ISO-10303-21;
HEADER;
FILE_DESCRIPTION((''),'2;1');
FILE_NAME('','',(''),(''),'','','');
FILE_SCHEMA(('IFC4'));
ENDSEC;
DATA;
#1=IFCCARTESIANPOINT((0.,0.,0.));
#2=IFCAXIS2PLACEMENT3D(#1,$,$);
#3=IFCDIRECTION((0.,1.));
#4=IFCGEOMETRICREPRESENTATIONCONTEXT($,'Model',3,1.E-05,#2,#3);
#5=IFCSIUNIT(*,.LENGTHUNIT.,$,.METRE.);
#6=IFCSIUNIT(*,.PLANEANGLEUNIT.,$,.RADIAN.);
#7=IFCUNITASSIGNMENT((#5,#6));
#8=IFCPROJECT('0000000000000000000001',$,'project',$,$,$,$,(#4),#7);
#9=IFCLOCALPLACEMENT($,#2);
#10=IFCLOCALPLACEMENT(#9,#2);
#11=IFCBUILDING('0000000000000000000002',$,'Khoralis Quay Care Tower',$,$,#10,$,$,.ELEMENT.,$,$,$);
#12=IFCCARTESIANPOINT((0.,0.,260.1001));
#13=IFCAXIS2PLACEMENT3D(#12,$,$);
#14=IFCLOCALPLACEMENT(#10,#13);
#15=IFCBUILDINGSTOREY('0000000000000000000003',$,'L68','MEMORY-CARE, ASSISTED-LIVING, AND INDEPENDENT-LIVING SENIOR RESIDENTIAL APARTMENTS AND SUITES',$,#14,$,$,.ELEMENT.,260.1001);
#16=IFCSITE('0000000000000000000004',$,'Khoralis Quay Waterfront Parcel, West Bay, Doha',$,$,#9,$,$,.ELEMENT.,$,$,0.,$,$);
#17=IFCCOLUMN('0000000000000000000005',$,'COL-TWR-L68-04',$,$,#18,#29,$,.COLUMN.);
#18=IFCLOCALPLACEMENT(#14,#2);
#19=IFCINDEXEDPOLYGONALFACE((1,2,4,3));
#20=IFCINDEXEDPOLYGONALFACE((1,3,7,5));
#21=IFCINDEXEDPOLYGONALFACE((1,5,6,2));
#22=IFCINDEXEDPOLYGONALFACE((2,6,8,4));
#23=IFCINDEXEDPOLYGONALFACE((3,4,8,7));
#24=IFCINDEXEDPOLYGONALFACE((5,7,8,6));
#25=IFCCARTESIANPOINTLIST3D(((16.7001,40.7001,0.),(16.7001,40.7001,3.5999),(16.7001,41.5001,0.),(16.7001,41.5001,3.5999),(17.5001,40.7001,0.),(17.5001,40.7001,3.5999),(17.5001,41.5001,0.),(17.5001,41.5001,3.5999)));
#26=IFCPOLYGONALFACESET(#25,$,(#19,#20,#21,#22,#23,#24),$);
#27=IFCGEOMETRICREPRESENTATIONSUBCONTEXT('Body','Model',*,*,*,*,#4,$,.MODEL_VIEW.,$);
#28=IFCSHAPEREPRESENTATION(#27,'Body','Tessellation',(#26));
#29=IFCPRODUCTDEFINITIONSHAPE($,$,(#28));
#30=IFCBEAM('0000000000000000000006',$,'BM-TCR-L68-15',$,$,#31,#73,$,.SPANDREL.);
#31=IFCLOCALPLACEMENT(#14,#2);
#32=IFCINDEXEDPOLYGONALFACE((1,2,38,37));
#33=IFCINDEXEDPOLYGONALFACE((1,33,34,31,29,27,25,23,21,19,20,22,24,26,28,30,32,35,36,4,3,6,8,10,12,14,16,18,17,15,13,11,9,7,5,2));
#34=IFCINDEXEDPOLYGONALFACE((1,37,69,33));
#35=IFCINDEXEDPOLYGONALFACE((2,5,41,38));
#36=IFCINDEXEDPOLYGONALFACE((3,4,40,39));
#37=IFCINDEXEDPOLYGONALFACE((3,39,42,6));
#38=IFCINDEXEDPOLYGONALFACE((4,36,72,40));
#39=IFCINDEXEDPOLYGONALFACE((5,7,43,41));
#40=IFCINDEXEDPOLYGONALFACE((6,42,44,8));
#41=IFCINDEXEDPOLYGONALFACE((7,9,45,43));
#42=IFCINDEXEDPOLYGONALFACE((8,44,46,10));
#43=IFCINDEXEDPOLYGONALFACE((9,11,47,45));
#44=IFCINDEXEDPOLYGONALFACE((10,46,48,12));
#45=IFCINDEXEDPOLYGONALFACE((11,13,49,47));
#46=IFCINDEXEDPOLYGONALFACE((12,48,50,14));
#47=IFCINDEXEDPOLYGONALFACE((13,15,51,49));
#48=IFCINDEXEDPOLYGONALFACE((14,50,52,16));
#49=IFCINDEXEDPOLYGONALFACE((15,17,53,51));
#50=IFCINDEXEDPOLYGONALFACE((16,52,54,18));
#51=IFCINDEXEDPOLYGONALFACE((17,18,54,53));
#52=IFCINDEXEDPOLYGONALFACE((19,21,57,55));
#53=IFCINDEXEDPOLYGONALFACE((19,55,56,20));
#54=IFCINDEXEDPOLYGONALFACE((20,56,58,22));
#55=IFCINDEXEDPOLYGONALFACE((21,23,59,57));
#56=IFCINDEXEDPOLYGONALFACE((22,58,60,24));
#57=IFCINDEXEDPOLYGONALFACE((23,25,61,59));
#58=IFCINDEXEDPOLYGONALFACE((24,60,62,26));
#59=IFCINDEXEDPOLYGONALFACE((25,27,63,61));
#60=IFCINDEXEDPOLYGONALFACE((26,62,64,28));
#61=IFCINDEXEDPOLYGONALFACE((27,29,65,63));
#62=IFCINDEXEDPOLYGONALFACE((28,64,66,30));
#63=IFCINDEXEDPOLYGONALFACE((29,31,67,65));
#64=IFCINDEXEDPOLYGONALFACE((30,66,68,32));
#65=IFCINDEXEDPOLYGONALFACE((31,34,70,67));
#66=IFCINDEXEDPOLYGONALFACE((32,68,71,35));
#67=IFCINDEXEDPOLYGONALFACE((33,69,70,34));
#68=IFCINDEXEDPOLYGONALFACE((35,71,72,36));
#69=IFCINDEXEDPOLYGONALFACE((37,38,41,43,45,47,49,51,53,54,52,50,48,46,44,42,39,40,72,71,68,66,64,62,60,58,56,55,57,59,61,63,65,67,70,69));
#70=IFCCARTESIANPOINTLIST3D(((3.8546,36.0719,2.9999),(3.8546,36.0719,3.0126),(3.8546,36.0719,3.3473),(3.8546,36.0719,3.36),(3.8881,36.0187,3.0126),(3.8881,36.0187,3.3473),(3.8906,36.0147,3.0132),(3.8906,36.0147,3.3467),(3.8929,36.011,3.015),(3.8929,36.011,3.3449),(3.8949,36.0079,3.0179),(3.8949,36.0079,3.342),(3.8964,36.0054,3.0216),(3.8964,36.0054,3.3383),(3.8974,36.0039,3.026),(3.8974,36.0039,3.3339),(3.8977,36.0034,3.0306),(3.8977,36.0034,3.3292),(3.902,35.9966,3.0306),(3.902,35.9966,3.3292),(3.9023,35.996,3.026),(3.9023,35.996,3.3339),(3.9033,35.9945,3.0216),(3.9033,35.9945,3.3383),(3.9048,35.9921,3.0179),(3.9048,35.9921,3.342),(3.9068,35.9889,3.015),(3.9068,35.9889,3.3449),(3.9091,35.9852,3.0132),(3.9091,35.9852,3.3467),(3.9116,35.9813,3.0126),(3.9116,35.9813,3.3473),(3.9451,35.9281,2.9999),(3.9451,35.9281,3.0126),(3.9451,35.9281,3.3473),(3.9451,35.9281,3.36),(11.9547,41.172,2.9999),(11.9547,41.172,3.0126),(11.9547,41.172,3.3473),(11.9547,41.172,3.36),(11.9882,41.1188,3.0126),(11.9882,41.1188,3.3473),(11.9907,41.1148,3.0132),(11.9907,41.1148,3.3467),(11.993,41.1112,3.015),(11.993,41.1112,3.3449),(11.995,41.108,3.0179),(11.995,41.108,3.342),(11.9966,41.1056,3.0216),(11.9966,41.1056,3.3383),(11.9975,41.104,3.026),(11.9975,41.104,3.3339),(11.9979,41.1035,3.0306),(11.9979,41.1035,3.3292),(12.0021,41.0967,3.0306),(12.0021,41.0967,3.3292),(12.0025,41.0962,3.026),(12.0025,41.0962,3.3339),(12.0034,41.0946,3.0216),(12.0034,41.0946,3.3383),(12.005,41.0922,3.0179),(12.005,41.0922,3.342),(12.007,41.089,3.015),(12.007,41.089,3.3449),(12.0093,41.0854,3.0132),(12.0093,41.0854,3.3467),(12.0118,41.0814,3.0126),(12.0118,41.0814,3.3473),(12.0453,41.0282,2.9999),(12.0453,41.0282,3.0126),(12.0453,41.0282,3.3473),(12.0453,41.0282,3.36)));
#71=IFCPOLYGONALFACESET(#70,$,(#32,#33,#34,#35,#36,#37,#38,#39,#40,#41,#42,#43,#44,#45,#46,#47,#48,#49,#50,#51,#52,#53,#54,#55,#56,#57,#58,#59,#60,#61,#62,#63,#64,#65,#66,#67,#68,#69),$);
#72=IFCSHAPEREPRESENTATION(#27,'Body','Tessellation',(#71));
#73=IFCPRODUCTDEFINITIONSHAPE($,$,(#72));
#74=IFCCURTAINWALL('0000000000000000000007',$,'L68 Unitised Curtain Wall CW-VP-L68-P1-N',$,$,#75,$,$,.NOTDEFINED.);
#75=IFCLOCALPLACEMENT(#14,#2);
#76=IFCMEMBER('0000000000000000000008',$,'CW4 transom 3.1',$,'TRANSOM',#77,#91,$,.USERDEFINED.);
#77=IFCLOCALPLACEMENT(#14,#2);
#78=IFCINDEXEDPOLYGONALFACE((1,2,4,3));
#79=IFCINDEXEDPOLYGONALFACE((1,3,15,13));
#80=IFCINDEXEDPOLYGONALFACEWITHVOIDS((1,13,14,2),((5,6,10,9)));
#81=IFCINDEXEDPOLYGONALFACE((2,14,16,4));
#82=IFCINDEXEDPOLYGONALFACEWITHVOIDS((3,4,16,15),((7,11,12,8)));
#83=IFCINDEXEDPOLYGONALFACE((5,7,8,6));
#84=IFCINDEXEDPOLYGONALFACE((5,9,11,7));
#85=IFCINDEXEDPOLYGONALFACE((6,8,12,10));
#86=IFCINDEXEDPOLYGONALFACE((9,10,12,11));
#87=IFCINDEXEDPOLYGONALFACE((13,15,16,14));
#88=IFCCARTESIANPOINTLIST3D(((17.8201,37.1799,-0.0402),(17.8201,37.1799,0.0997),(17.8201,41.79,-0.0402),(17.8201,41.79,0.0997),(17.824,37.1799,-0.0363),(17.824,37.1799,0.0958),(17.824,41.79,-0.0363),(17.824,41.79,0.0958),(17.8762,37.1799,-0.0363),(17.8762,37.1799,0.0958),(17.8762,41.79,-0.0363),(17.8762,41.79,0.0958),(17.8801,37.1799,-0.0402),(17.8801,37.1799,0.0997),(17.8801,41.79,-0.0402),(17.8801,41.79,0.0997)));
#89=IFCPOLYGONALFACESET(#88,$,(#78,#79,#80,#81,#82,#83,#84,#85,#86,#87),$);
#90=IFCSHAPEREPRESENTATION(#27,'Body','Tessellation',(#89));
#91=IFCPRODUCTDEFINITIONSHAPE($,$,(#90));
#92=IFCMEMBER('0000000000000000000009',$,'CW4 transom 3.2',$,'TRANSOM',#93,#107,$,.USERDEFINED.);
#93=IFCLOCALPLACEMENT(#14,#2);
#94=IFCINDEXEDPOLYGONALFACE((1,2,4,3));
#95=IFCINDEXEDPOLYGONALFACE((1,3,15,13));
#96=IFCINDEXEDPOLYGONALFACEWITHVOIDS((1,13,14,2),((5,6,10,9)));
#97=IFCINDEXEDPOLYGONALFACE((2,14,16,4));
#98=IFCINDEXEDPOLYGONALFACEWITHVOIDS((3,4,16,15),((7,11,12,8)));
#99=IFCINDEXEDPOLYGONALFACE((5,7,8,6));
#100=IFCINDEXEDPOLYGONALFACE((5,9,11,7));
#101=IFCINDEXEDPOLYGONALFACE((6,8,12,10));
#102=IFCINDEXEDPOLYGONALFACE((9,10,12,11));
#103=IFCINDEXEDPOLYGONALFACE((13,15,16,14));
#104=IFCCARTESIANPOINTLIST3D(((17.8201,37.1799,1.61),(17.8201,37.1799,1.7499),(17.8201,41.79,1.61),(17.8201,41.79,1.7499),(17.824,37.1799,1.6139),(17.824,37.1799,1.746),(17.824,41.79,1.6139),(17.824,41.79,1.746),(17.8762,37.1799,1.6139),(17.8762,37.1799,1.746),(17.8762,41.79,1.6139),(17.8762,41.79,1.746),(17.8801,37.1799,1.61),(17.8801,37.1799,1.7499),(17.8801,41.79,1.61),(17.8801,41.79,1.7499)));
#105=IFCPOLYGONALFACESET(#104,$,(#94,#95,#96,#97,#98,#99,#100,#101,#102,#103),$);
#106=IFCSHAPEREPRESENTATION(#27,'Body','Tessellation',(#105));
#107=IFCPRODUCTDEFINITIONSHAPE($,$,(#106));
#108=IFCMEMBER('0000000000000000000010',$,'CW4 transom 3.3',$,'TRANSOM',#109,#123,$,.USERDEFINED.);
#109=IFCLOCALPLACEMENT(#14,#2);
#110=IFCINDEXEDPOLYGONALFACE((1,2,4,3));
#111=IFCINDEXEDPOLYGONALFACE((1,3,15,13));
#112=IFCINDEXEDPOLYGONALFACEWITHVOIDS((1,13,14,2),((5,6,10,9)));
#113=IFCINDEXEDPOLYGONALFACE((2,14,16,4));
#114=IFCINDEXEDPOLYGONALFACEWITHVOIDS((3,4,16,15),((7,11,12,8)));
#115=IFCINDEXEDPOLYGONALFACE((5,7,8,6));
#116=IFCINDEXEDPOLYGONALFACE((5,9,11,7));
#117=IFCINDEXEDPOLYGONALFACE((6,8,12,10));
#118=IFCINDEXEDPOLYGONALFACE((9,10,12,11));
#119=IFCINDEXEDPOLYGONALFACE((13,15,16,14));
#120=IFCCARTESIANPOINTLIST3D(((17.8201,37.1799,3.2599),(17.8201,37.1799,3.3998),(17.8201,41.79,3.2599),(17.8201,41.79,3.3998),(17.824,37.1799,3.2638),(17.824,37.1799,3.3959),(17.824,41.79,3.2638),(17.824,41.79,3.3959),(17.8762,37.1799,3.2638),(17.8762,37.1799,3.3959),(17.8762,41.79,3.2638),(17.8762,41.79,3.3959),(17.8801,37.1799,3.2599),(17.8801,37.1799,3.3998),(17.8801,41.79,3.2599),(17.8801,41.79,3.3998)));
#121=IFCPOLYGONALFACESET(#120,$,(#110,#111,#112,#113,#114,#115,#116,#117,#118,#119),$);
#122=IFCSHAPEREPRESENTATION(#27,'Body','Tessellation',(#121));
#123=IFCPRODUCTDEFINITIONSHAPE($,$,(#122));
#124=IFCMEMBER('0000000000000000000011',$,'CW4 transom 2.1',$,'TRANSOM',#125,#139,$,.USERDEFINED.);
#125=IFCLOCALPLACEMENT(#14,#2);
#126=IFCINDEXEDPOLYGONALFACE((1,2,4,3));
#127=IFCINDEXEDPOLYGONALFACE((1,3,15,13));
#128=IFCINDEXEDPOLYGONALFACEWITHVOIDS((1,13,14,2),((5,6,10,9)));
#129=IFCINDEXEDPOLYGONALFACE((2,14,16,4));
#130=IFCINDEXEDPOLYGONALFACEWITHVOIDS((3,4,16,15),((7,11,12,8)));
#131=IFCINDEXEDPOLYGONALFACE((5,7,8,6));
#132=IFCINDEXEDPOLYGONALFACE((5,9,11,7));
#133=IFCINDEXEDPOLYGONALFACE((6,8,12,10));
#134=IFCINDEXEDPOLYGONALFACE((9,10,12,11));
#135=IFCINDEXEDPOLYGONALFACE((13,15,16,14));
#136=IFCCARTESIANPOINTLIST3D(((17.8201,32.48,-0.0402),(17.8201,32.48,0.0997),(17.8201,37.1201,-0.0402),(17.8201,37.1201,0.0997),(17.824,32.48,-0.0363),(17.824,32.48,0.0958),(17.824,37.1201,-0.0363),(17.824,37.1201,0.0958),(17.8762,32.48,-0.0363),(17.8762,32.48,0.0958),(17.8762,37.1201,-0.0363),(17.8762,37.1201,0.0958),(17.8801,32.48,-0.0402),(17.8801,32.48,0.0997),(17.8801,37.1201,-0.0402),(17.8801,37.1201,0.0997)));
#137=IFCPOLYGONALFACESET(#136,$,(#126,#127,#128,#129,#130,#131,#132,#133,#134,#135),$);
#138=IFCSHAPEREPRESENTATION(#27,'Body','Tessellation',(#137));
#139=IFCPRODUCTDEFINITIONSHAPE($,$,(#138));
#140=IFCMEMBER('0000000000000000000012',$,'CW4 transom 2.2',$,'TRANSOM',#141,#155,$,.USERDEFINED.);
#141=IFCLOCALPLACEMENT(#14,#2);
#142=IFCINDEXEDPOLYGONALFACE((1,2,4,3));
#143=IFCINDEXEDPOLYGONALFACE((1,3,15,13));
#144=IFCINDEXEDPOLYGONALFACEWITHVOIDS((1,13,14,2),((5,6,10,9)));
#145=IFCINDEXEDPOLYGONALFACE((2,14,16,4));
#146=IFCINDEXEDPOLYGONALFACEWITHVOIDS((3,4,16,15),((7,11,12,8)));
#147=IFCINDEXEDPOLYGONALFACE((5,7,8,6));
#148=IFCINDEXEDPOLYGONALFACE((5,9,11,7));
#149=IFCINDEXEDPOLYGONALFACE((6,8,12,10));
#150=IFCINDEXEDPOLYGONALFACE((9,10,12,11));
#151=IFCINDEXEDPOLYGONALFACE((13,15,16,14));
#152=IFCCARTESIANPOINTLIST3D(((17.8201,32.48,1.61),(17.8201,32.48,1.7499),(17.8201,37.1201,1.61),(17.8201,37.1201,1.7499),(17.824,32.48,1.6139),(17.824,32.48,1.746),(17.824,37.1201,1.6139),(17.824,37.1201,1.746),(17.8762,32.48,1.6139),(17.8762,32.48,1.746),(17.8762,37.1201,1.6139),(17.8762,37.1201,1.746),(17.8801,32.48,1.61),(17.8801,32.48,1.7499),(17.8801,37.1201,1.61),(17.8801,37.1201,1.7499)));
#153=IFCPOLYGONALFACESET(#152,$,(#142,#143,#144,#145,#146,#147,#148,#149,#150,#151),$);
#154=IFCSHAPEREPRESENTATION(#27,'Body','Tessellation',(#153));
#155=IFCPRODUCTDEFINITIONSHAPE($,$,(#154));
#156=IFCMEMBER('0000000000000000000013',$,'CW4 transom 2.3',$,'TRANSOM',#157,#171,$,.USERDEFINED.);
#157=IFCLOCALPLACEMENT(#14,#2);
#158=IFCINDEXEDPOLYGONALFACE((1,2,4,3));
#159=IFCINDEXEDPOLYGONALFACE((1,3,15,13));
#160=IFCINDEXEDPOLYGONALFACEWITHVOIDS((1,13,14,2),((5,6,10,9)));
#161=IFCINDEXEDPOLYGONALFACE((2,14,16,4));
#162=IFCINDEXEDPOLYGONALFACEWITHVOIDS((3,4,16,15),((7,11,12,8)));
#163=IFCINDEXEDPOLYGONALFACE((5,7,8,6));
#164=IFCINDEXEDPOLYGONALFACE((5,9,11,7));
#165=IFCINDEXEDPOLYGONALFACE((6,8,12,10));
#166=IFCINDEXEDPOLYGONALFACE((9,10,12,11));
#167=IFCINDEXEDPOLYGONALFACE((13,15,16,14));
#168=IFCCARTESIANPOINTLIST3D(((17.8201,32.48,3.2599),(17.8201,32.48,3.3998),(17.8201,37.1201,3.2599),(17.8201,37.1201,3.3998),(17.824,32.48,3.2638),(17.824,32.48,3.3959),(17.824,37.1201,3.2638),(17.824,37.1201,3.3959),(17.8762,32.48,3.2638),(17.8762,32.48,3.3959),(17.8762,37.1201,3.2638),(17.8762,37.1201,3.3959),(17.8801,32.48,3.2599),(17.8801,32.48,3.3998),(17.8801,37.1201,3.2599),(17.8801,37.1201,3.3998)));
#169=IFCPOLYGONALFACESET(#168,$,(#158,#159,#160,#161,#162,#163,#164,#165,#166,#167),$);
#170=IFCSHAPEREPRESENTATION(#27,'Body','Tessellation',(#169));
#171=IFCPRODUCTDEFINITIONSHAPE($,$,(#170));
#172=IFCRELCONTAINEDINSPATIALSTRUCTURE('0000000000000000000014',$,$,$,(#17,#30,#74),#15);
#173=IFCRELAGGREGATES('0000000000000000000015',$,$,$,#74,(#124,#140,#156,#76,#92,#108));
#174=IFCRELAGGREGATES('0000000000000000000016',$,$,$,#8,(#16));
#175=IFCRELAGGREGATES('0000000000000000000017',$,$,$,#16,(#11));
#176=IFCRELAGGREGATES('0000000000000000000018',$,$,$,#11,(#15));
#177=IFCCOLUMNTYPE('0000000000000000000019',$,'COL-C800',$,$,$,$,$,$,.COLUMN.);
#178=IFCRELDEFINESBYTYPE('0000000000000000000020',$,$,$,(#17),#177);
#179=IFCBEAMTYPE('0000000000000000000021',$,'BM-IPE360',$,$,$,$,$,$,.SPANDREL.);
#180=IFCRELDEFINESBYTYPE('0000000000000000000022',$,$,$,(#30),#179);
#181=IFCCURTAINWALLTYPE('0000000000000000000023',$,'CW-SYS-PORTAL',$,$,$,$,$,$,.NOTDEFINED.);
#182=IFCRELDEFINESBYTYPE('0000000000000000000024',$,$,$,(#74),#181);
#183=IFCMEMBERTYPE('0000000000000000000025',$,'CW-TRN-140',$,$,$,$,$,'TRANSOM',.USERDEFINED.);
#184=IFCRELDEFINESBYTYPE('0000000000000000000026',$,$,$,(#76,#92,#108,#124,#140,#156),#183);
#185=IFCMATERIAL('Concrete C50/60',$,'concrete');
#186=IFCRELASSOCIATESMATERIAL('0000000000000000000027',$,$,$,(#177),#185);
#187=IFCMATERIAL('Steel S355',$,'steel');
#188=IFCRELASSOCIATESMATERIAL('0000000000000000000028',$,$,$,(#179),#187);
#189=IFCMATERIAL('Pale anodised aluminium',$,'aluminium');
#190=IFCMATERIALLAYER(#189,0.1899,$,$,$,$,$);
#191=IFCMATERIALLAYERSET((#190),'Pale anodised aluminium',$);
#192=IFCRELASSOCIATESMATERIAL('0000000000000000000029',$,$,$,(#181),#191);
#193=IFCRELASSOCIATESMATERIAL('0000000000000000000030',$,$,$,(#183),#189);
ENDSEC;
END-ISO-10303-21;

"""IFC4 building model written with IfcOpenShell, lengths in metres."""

from ifc_helpers import new_model, si_unit, direction, frame, origin, origin_2d, place, context, subcontext, project, spatial, rectangle, hollow_rectangle, i_section, extrude, source, transform, mapped, material, layer, layer_set, material_profile, profile_set, type_object, element, aggregate, save


model = new_model("IFC4")

# Units and contexts
model_context = context("Model", 3, precision=1e-05, world=origin(), true_north=direction((0.0, 1.0)))
body_context = subcontext(model_context, "Body", "Model", "MODEL_VIEW")
ifc_project = project(units=[si_unit("LENGTHUNIT", "METRE"), si_unit("PLANEANGLEUNIT", "RADIAN")], contexts=[model_context])

# Site, building, storey
site_placement = place(None, origin())
site = spatial("IfcSite", under=ifc_project, at=site_placement, Name="Khoralis Quay Waterfront Parcel, West Bay, Doha", CompositionType="ELEMENT", RefElevation=0.0)
building_placement = place(site_placement, origin())
building = spatial("IfcBuilding", under=site, at=building_placement, Name="Khoralis Quay Care Tower", CompositionType="ELEMENT")
storey_placement = place(building_placement, frame((0.0, 0.0, 260.1001)))
storey = spatial("IfcBuildingStorey", under=building, at=storey_placement, Name="L68", Description="MEMORY-CARE, ASSISTED-LIVING, AND INDEPENDENT-LIVING SENIOR RESIDENTIAL APARTMENTS AND SUITES", CompositionType="ELEMENT", Elevation=260.1001)

# Column
ifc_material_1 = material(Name="Concrete C50/60", Category="concrete")
ifc_material_profile_1 = material_profile(ifc_material_1, rectangle(XDim=0.8, YDim=0.8, at=origin_2d()), Name="Concrete C50/60")
ifc_profile_set_1 = profile_set([ifc_material_profile_1], Name="Concrete C50/60")
column_type = type_object("IfcColumnType", Name="COL-C800", PredefinedType="COLUMN", material=ifc_profile_set_1)
shared_shape_1 = source(origin(), body_context, "Body", "SweptSolid", [
    extrude(rectangle(XDim=0.8, YDim=0.8, at=origin_2d()), origin(), (0.0, 0.0, 1.0), 3.5999),
])
column_placement = place(storey_placement, frame((17.1001, 41.1001, 0.0), z_axis=(0.0, 0.0, 1.0), x_axis=(1.0, 0.0, 0.0)))
element("IfcColumn", 1, at=column_placement, inside=storey, type_object=column_type, Name="COL-TWR-L68-04", PredefinedType="COLUMN", context=body_context, shape_type="MappedRepresentation", body=[
    mapped(shared_shape_1, transform((0.0, 0.0, 0.0), scale=1.0)),
])

# Beam
ifc_material_2 = material(Name="Steel S355", Category="steel")
ifc_material_profile_2 = material_profile(ifc_material_2, i_section(OverallWidth=0.1699, OverallDepth=0.3601, WebThickness=0.0081, FlangeThickness=0.0127, FilletRadius=0.0181, at=origin_2d()), Name="Steel S355")
ifc_profile_set_2 = profile_set([ifc_material_profile_2], Name="Steel S355")
beam_type = type_object("IfcBeamType", Name="BM-IPE360", PredefinedType="SPANDREL", material=ifc_profile_set_2)
shared_shape_2 = source(origin(), body_context, "Body", "SweptSolid", [
    extrude(i_section(OverallWidth=0.1699, OverallDepth=0.3601, WebThickness=0.0081, FlangeThickness=0.0127, FilletRadius=0.0181, at=origin_2d()), origin(), (0.0, 0.0, 1.0), 9.572),
])
beam_placement = place(storey_placement, frame((12.0, 41.1001, 3.1799), z_axis=(-0.846231, -0.532816, 0.0), x_axis=(0.532816, -0.846231, 0.0)))
element("IfcBeam", 2, at=beam_placement, inside=storey, type_object=beam_type, Name="BM-TCR-L68-15", PredefinedType="SPANDREL", context=body_context, shape_type="MappedRepresentation", body=[
    mapped(shared_shape_2, transform((0.0, 0.0, 0.0), scale=1.0)),
])

# Curtain wall, members
ifc_material_3 = material(Name="Pale anodised aluminium", Category="aluminium")
ifc_layer_1 = layer(ifc_material_3, 0.1899)
ifc_layer_set_1 = layer_set([ifc_layer_1], Name="Pale anodised aluminium")
curtain_wall_type = type_object("IfcCurtainWallType", Name="CW-SYS-PORTAL", PredefinedType="NOTDEFINED", material=ifc_layer_set_1)
curtain_wall_placement = place(storey_placement, origin())
curtain_wall = element("IfcCurtainWall", 3, at=curtain_wall_placement, inside=storey, type_object=curtain_wall_type, Name="L68 Unitised Curtain Wall CW-VP-L68-P1-N", PredefinedType="NOTDEFINED")
ifc_material_profile_3 = material_profile(ifc_material_3, hollow_rectangle(XDim=0.0601, YDim=0.1399, WallThickness=0.0039, at=origin_2d()), Name="Pale anodised aluminium")
ifc_profile_set_3 = profile_set([ifc_material_profile_3], Name="Pale anodised aluminium")
member_type_1 = type_object("IfcMemberType", Name="CW-TRN-140", ElementType="TRANSOM", PredefinedType="USERDEFINED", material=ifc_profile_set_3)
shared_shape_3 = source(origin(), body_context, "Body", "SweptSolid", [
    extrude(hollow_rectangle(XDim=0.0601, YDim=0.1399, WallThickness=0.0039, at=origin_2d()), origin(), (0.0, 0.0, 1.0), 4.6101),
])
member_1_placement = place(storey_placement, frame((17.8501, 37.1799, 0.0298), z_axis=(0.0, 1.0, 0.0), x_axis=(-1.0, 0.0, 0.0)))
member_1 = element("IfcMember", 4, at=member_1_placement, type_object=member_type_1, Name="CW4 transom 3.1", ObjectType="TRANSOM", PredefinedType="USERDEFINED", context=body_context, shape_type="MappedRepresentation", body=[
    mapped(shared_shape_3, transform((0.0, 0.0, 0.0), scale=1.0)),
])
member_2_placement = place(storey_placement, frame((17.8501, 37.1799, 1.6799), z_axis=(0.0, 1.0, 0.0), x_axis=(-1.0, 0.0, 0.0)))
member_2 = element("IfcMember", 5, at=member_2_placement, type_object=member_type_1, Name="CW4 transom 3.2", ObjectType="TRANSOM", PredefinedType="USERDEFINED", context=body_context, shape_type="MappedRepresentation", body=[
    mapped(shared_shape_3, transform((0.0, 0.0, 0.0), scale=1.0)),
])
member_3_placement = place(storey_placement, frame((17.8501, 37.1799, 3.3298), z_axis=(0.0, 1.0, 0.0), x_axis=(-1.0, 0.0, 0.0)))
member_3 = element("IfcMember", 6, at=member_3_placement, type_object=member_type_1, Name="CW4 transom 3.3", ObjectType="TRANSOM", PredefinedType="USERDEFINED", context=body_context, shape_type="MappedRepresentation", body=[
    mapped(shared_shape_3, transform((0.0, 0.0, 0.0), scale=1.0)),
])
shared_shape_4 = source(origin(), body_context, "Body", "SweptSolid", [
    extrude(hollow_rectangle(XDim=0.0601, YDim=0.1399, WallThickness=0.0039, at=origin_2d()), origin(), (0.0, 0.0, 1.0), 4.6401),
])
member_4_placement = place(storey_placement, frame((17.8501, 32.48, 0.0298), z_axis=(0.0, 1.0, 0.0), x_axis=(-1.0, 0.0, 0.0)))
member_4 = element("IfcMember", 7, at=member_4_placement, type_object=member_type_1, Name="CW4 transom 2.1", ObjectType="TRANSOM", PredefinedType="USERDEFINED", context=body_context, shape_type="MappedRepresentation", body=[
    mapped(shared_shape_4, transform((0.0, 0.0, 0.0), scale=1.0)),
])
member_5_placement = place(storey_placement, frame((17.8501, 32.48, 1.6799), z_axis=(0.0, 1.0, 0.0), x_axis=(-1.0, 0.0, 0.0)))
member_5 = element("IfcMember", 8, at=member_5_placement, type_object=member_type_1, Name="CW4 transom 2.2", ObjectType="TRANSOM", PredefinedType="USERDEFINED", context=body_context, shape_type="MappedRepresentation", body=[
    mapped(shared_shape_4, transform((0.0, 0.0, 0.0), scale=1.0)),
])
member_6_placement = place(storey_placement, frame((17.8501, 32.48, 3.3298), z_axis=(0.0, 1.0, 0.0), x_axis=(-1.0, 0.0, 0.0)))
member_6 = element("IfcMember", 9, at=member_6_placement, type_object=member_type_1, Name="CW4 transom 2.3", ObjectType="TRANSOM", PredefinedType="USERDEFINED", context=body_context, shape_type="MappedRepresentation", body=[
    mapped(shared_shape_4, transform((0.0, 0.0, 0.0), scale=1.0)),
])
aggregate(curtain_wall, [member_4, member_5, member_6, member_1, member_2, member_3])

save(model, "model.ifc")
